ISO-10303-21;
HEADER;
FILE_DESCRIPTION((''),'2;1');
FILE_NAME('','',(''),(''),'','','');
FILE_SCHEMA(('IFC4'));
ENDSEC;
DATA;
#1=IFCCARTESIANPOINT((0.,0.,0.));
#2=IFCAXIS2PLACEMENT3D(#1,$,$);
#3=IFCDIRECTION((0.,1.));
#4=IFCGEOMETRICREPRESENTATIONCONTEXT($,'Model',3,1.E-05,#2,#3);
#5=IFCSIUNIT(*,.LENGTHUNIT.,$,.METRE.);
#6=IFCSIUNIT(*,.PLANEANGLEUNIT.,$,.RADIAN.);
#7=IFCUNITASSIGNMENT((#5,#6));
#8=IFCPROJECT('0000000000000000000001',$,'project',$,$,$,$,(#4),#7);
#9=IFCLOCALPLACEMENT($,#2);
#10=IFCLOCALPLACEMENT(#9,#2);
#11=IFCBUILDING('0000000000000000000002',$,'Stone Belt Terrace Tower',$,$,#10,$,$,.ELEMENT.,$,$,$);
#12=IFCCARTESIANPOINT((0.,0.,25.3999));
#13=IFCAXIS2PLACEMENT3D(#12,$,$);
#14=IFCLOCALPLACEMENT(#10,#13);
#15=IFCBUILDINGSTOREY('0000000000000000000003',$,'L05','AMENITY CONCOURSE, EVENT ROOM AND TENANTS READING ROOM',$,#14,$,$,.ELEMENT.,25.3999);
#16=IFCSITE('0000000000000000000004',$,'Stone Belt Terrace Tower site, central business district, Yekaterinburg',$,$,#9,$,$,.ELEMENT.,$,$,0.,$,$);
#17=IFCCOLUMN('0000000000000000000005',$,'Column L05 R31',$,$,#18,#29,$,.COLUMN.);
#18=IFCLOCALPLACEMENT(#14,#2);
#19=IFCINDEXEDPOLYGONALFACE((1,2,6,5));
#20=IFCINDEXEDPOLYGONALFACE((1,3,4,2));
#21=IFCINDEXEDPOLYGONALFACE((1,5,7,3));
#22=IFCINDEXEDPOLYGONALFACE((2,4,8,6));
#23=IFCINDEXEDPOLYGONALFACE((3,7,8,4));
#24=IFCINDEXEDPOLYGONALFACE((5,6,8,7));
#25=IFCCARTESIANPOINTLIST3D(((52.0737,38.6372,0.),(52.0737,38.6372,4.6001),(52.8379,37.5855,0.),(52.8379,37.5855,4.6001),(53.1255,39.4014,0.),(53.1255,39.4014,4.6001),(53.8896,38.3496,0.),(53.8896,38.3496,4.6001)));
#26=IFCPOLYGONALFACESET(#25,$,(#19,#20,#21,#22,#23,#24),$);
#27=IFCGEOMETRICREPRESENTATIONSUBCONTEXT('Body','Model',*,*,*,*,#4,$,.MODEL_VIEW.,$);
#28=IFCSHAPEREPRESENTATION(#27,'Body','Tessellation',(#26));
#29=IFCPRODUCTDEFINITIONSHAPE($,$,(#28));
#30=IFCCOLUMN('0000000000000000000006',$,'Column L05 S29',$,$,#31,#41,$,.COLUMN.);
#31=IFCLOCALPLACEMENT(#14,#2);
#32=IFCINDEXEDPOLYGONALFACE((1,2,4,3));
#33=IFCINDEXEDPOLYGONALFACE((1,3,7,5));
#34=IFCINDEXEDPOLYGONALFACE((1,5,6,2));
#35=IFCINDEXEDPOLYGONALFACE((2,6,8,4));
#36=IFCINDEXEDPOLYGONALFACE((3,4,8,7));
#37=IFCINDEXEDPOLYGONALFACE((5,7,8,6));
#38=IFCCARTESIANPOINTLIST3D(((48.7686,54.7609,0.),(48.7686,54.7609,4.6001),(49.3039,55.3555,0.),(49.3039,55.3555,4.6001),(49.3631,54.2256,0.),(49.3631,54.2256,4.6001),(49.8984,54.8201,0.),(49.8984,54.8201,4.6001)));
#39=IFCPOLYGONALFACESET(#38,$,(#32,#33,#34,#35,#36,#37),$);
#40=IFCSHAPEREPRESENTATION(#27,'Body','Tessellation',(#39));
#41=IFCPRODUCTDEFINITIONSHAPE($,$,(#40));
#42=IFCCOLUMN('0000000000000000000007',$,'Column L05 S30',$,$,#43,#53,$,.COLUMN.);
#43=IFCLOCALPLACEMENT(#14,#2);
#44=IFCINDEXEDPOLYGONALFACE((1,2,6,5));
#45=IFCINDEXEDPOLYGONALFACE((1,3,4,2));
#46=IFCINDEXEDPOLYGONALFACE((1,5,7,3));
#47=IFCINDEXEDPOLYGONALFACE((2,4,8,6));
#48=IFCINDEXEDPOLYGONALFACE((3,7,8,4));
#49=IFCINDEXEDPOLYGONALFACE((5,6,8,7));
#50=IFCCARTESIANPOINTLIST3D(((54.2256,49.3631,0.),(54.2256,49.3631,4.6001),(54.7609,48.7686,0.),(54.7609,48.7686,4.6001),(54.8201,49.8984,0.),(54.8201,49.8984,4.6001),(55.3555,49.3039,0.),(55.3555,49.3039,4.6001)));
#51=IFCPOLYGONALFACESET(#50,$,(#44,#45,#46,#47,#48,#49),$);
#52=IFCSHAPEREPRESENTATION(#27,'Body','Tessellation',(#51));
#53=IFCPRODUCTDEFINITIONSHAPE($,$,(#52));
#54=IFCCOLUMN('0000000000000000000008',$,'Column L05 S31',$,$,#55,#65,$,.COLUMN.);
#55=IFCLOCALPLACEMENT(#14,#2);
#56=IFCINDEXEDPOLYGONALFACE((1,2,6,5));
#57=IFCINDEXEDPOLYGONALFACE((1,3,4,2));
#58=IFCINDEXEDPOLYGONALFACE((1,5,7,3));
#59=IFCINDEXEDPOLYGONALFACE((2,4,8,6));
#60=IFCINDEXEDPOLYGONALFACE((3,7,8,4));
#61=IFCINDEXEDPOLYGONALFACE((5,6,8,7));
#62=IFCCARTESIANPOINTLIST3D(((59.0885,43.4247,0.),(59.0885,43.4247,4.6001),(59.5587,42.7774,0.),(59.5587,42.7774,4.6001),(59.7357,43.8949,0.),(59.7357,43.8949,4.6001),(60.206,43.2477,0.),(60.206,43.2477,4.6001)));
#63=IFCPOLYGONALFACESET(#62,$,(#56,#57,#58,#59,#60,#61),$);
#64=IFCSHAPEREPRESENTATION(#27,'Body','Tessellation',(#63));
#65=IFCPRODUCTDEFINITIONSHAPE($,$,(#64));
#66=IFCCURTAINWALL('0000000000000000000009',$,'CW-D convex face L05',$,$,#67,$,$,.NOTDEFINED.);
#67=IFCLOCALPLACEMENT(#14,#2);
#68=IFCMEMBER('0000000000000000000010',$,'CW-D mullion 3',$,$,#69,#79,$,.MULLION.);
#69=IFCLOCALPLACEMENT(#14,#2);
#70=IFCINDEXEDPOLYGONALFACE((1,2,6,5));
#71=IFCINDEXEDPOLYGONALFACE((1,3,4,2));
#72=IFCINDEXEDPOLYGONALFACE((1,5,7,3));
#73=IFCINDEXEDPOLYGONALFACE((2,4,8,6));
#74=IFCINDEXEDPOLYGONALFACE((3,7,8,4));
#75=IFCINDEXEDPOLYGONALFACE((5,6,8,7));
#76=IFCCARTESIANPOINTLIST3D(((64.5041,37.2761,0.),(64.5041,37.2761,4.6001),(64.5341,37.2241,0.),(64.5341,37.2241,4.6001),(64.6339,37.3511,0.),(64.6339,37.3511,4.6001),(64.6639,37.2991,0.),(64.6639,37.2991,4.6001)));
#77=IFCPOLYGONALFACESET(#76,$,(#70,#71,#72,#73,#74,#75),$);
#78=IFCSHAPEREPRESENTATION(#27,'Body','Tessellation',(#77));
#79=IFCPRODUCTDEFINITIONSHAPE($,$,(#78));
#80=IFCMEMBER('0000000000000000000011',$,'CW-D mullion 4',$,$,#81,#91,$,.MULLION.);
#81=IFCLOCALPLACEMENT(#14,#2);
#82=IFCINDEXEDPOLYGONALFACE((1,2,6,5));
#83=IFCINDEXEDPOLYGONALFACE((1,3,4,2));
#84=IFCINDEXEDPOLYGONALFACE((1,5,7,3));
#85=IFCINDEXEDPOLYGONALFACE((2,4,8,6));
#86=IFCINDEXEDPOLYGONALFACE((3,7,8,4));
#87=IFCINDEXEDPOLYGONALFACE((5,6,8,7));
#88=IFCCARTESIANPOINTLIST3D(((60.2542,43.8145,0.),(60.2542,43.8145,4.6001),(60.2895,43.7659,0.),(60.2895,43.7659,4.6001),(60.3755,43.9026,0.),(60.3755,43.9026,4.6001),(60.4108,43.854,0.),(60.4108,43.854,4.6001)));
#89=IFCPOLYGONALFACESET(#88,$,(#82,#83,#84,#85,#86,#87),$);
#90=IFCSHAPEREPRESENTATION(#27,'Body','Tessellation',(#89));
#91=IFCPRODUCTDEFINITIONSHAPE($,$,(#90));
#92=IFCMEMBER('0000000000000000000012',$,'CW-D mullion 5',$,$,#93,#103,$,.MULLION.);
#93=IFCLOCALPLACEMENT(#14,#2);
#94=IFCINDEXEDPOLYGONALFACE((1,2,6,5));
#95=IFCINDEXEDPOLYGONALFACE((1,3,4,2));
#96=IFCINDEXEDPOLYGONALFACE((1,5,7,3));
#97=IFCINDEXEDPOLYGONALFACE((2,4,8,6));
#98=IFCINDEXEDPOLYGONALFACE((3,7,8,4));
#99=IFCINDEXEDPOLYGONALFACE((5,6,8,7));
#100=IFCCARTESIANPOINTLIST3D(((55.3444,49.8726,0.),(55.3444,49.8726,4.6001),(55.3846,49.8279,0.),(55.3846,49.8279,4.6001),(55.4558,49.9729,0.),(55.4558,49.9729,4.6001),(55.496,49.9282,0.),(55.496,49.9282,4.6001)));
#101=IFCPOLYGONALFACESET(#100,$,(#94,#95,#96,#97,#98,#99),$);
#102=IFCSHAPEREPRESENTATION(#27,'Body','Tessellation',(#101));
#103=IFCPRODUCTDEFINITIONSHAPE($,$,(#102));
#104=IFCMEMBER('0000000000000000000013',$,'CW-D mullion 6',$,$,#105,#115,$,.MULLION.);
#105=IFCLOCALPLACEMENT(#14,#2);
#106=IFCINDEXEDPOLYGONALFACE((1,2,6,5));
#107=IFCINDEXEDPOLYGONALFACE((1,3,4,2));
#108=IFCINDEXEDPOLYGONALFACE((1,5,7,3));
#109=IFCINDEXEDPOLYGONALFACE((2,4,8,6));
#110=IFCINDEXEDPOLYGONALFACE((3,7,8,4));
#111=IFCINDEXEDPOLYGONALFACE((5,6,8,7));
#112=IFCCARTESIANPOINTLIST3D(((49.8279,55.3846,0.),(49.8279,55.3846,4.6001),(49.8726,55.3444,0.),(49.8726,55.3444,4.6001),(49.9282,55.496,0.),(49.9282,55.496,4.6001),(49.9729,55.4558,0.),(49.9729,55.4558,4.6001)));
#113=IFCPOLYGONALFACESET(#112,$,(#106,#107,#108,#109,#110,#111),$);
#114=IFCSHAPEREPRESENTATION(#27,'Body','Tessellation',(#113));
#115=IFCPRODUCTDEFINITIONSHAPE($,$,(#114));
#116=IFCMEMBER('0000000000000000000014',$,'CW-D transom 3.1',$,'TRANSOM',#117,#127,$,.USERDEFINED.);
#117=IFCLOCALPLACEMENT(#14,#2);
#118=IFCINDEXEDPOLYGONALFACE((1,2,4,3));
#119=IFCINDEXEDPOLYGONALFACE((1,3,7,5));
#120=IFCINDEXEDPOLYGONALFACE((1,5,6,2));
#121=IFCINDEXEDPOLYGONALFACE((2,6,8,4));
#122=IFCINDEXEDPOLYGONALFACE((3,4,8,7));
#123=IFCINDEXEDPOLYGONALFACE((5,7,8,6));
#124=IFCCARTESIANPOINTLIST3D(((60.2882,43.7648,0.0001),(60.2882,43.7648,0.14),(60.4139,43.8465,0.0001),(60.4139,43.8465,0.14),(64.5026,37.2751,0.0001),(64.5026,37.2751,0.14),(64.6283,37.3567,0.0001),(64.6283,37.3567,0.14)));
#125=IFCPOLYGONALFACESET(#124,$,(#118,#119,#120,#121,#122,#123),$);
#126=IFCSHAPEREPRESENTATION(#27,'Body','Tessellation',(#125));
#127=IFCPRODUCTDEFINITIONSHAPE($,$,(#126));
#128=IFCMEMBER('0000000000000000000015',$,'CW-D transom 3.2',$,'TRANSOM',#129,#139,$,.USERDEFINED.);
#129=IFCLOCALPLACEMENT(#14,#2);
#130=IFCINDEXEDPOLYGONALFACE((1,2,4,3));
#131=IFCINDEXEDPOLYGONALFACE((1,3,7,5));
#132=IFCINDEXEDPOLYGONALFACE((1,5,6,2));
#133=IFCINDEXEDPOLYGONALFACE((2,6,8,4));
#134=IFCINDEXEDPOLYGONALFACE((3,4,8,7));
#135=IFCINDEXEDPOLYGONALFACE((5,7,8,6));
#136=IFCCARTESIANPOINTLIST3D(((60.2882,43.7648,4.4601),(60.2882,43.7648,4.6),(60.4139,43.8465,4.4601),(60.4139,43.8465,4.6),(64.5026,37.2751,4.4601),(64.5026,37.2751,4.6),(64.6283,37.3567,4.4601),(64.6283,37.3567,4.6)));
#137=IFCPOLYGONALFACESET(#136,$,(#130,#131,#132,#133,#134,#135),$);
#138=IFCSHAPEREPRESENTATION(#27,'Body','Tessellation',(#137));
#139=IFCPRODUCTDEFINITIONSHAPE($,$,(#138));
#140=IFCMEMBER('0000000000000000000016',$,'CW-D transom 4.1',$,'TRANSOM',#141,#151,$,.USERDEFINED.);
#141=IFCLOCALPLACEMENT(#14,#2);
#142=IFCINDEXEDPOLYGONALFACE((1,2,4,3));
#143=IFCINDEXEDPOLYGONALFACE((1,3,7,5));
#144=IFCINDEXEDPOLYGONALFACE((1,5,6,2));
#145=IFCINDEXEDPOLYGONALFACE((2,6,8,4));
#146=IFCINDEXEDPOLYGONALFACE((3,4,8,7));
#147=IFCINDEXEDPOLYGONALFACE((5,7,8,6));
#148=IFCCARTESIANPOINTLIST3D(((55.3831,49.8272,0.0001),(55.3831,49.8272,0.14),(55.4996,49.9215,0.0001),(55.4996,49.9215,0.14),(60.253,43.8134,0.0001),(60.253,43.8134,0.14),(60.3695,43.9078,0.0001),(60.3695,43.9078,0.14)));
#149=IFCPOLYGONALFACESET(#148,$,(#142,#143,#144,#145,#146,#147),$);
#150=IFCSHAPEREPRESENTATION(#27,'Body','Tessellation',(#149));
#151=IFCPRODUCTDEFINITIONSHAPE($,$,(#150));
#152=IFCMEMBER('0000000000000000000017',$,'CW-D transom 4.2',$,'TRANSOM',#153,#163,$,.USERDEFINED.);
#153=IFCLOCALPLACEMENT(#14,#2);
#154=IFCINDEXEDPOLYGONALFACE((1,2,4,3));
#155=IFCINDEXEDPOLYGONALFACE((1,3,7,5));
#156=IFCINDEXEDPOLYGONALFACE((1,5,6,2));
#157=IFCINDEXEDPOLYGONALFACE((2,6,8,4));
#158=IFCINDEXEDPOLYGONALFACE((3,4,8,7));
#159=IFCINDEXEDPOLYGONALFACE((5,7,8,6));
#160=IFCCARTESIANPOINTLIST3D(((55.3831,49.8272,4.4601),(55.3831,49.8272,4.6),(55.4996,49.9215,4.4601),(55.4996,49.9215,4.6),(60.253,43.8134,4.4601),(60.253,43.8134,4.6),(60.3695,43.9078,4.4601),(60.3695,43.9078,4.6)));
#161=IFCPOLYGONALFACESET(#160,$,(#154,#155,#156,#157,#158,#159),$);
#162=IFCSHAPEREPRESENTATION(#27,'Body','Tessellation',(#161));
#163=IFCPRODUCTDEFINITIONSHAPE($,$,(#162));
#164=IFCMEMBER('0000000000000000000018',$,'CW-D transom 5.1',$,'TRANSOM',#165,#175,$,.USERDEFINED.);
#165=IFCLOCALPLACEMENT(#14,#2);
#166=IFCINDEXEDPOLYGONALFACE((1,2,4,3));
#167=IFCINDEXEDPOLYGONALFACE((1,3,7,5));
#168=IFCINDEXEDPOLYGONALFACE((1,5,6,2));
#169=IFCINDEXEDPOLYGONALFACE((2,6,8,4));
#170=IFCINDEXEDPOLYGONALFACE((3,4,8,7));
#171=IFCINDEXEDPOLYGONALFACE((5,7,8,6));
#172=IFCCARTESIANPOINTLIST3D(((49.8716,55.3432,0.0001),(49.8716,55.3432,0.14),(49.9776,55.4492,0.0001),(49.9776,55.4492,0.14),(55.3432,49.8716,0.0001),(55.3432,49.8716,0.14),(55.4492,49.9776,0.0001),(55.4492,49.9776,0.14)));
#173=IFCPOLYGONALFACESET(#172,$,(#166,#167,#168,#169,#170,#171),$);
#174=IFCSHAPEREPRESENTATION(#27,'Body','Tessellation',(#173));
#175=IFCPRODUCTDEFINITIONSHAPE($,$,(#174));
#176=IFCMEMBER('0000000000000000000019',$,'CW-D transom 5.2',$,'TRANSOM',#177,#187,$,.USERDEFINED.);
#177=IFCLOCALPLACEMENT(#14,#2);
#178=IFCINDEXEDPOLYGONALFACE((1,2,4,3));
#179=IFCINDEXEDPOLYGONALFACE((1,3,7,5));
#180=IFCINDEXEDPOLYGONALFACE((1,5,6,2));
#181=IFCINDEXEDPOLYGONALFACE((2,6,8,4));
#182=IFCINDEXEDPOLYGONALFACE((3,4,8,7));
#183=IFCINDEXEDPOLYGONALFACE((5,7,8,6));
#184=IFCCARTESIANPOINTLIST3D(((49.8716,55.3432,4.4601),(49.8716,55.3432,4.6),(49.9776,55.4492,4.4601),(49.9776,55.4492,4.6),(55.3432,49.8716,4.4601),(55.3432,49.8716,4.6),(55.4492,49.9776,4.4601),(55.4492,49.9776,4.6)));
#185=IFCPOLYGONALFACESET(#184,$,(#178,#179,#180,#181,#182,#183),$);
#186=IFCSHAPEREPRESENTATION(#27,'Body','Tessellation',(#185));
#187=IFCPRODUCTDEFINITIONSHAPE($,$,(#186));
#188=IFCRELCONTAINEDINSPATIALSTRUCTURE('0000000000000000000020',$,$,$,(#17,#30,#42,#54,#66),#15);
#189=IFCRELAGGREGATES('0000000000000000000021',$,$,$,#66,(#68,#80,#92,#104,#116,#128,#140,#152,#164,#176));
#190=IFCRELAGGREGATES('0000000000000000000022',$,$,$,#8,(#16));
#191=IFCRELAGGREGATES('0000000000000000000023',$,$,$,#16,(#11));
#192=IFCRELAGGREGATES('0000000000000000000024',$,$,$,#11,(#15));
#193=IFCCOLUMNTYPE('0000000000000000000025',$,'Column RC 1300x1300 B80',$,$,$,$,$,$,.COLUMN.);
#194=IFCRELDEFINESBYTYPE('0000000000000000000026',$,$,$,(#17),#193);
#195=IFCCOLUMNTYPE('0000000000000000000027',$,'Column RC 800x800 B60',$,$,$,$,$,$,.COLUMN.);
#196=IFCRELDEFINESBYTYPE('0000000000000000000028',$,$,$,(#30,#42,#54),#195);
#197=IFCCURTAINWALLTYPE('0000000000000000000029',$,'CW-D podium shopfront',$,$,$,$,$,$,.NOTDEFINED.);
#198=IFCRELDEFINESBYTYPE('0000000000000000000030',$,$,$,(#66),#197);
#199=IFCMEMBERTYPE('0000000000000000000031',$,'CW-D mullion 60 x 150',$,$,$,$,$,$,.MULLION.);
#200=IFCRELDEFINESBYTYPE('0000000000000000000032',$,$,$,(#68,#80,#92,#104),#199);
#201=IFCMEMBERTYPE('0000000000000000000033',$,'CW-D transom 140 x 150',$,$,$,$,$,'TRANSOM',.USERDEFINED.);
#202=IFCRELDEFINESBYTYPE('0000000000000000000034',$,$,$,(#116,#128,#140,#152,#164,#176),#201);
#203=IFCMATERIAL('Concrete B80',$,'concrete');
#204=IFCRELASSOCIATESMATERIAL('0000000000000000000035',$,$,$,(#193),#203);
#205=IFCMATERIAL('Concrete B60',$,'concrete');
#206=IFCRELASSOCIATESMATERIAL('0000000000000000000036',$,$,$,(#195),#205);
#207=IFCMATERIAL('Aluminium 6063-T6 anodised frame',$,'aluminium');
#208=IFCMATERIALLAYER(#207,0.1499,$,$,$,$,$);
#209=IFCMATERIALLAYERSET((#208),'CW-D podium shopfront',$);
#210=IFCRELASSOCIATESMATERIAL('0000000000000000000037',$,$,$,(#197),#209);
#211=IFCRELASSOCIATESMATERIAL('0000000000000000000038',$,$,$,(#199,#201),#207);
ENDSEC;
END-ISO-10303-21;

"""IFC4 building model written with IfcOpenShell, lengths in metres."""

from ifc_helpers import new_model, si_unit, direction, frame, origin, origin_2d, place, context, subcontext, project, spatial, rectangle, extrude, material, layer, layer_set, material_profile, profile_set, type_object, element, aggregate, save


model = new_model("IFC4")

# Units and contexts
model_context = context("Model", 3, precision=1e-05, world=origin(), true_north=direction((0.0, 1.0)))
body_context = subcontext(model_context, "Body", "Model", "MODEL_VIEW")
ifc_project = project(units=[si_unit("LENGTHUNIT", "METRE"), si_unit("PLANEANGLEUNIT", "RADIAN")], contexts=[model_context])

# Site, building, storey
site_placement = place(None, origin())
site = spatial("IfcSite", under=ifc_project, at=site_placement, Name="Stone Belt Terrace Tower site, central business district, Yekaterinburg", CompositionType="ELEMENT", RefElevation=0.0)
building_placement = place(site_placement, origin())
building = spatial("IfcBuilding", under=site, at=building_placement, Name="Stone Belt Terrace Tower", CompositionType="ELEMENT")
storey_placement = place(building_placement, frame((0.0, 0.0, 25.3999)))
storey = spatial("IfcBuildingStorey", under=building, at=storey_placement, Name="L05", Description="AMENITY CONCOURSE, EVENT ROOM AND TENANTS READING ROOM", CompositionType="ELEMENT", Elevation=25.3999)

# Columns
ifc_material_1 = material(Name="Concrete B80", Category="concrete")
ifc_material_profile_1 = material_profile(ifc_material_1, rectangle(XDim=1.3, YDim=1.3, at=origin_2d()), Name="RC 1300x1300")
ifc_profile_set_1 = profile_set([ifc_material_profile_1], Name="Concrete B80")
column_type_1 = type_object("IfcColumnType", Name="Column RC 1300x1300 B80", PredefinedType="COLUMN", material=ifc_profile_set_1)
column_placement = place(storey_placement, frame((52.9817, 38.4934, 0.0), z_axis=(0.0, 0.0, 1.0), x_axis=(0.587785, -0.809017, 0.0)))
element("IfcColumn", 1, at=column_placement, inside=storey, type_object=column_type_1, Name="Column L05 R31", PredefinedType="COLUMN", context=body_context, shape_type="SweptSolid", body=[
    extrude(rectangle(XDim=1.3, YDim=1.3, at=origin_2d()), origin(), (0.0, 0.0, 1.0), 4.6001),
])
ifc_material_2 = material(Name="Concrete B60", Category="concrete")
ifc_material_profile_2 = material_profile(ifc_material_2, rectangle(XDim=0.8, YDim=0.8, at=origin_2d()), Name="RC 800x800")
ifc_profile_set_2 = profile_set([ifc_material_profile_2], Name="Concrete B60")
column_type_2 = type_object("IfcColumnType", Name="Column RC 800x800 B60", PredefinedType="COLUMN", material=ifc_profile_set_2)
for number, where, z_axis, x_axis, name in (
    (2, (49.3335, 54.7905, 0.0), (0.0, 0.0, 1.0), (0.743145, -0.669131, 0.0), "Column L05 S29"),
    (3, (54.7905, 49.3335, 0.0), (0.0, 0.0, 1.0), (0.669131, -0.743145, 0.0), "Column L05 S30"),
    (4, (59.6472, 43.3362, 0.0), (0.0, 0.0, 1.0), (0.587785, -0.809017, 0.0), "Column L05 S31"),
):
    element("IfcColumn", number, at=place(storey_placement, frame(where, z_axis=z_axis, x_axis=x_axis)), inside=storey, type_object=column_type_2, Name=name, PredefinedType="COLUMN", context=body_context, shape_type="SweptSolid", body=[
        extrude(rectangle(XDim=0.8, YDim=0.8, at=origin_2d()), origin(), (0.0, 0.0, 1.0), 4.6001),
    ])

# Curtain wall, members
ifc_material_3 = material(Name="Aluminium 6063-T6 anodised frame", Category="aluminium")
ifc_layer_1 = layer(ifc_material_3, 0.1499)
ifc_layer_set_1 = layer_set([ifc_layer_1], Name="CW-D podium shopfront")
curtain_wall_type = type_object("IfcCurtainWallType", Name="CW-D podium shopfront", PredefinedType="NOTDEFINED", material=ifc_layer_set_1)
curtain_wall_placement = place(storey_placement, origin())
curtain_wall = element("IfcCurtainWall", 5, at=curtain_wall_placement, inside=storey, type_object=curtain_wall_type, Name="CW-D convex face L05", PredefinedType="NOTDEFINED")
ifc_material_profile_3 = material_profile(ifc_material_3, rectangle(XDim=0.1499, YDim=0.0601, at=origin_2d()), Name="Aluminium 6063-T6 60x150")
ifc_profile_set_3 = profile_set([ifc_material_profile_3], Name="Aluminium 6063-T6 anodised frame")
member_type_1 = type_object("IfcMemberType", Name="CW-D mullion 60 x 150", PredefinedType="MULLION", material=ifc_profile_set_3)
member_1_placement = place(storey_placement, frame((64.584, 37.2876, 0.0), z_axis=(0.0, 0.0, 1.0), x_axis=(-0.866025, -0.5, 0.0)))
member_1 = element("IfcMember", 6, at=member_1_placement, type_object=member_type_1, Name="CW-D mullion 3", PredefinedType="MULLION", context=body_context, shape_type="SweptSolid", body=[
    extrude(rectangle(XDim=0.1499, YDim=0.0601, at=origin_2d()), origin(), (0.0, 0.0, 1.0), 4.6001),
])
member_2_placement = place(storey_placement, frame((60.3325, 43.8342, 0.0), z_axis=(0.0, 0.0, 1.0), x_axis=(-0.809017, -0.587785, 0.0)))
member_2 = element("IfcMember", 7, at=member_2_placement, type_object=member_type_1, Name="CW-D mullion 4", PredefinedType="MULLION", context=body_context, shape_type="SweptSolid", body=[
    extrude(rectangle(XDim=0.1499, YDim=0.0601, at=origin_2d()), origin(), (0.0, 0.0, 1.0), 4.6001),
])
member_3_placement = place(storey_placement, frame((55.4202, 49.9004, 0.0), z_axis=(0.0, 0.0, 1.0), x_axis=(-0.743145, -0.669131, 0.0)))
member_3 = element("IfcMember", 8, at=member_3_placement, type_object=member_type_1, Name="CW-D mullion 5", PredefinedType="MULLION", context=body_context, shape_type="SweptSolid", body=[
    extrude(rectangle(XDim=0.1499, YDim=0.0601, at=origin_2d()), origin(), (0.0, 0.0, 1.0), 4.6001),
])
member_4_placement = place(storey_placement, frame((49.9004, 55.4202, 0.0), z_axis=(0.0, 0.0, 1.0), x_axis=(-0.669131, -0.743145, 0.0)))
member_4 = element("IfcMember", 9, at=member_4_placement, type_object=member_type_1, Name="CW-D mullion 6", PredefinedType="MULLION", context=body_context, shape_type="SweptSolid", body=[
    extrude(rectangle(XDim=0.1499, YDim=0.0601, at=origin_2d()), origin(), (0.0, 0.0, 1.0), 4.6001),
])
ifc_material_profile_4 = material_profile(ifc_material_3, rectangle(XDim=0.1499, YDim=0.1399, at=origin_2d()), Name="Aluminium 6063-T6 150x140")
ifc_profile_set_4 = profile_set([ifc_material_profile_4], Name="Aluminium 6063-T6 anodised frame")
member_type_2 = type_object("IfcMemberType", Name="CW-D transom 140 x 150", ElementType="TRANSOM", PredefinedType="USERDEFINED", material=ifc_profile_set_4)
member_5_placement = place(storey_placement, frame((64.5654, 37.3159, 0.0701), z_axis=(-0.544627, 0.838679, 0.0), x_axis=(-0.838679, -0.544627, 0.0)))
member_5 = element("IfcMember", 10, at=member_5_placement, type_object=member_type_2, Name="CW-D transom 3.1", ObjectType="TRANSOM", PredefinedType="USERDEFINED", context=body_context, shape_type="SweptSolid", body=[
    extrude(rectangle(XDim=0.1499, YDim=0.1399, at=origin_2d()), origin(), (0.0, 0.0, 1.0), 7.738),
])
member_6_placement = place(storey_placement, frame((64.5654, 37.3159, 4.53), z_axis=(-0.544627, 0.838679, 0.0), x_axis=(-0.838679, -0.544627, 0.0)))
member_6 = element("IfcMember", 11, at=member_6_placement, type_object=member_type_2, Name="CW-D transom 3.2", ObjectType="TRANSOM", PredefinedType="USERDEFINED", context=body_context, shape_type="SweptSolid", body=[
    extrude(rectangle(XDim=0.1499, YDim=0.1399, at=origin_2d()), origin(), (0.0, 0.0, 1.0), 7.738),
])
member_7_placement = place(storey_placement, frame((60.3113, 43.8606, 0.0701), z_axis=(-0.629328, 0.77714, 0.0), x_axis=(-0.77714, -0.629328, 0.0)))
member_7 = element("IfcMember", 12, at=member_7_placement, type_object=member_type_2, Name="CW-D transom 4.1", ObjectType="TRANSOM", PredefinedType="USERDEFINED", context=body_context, shape_type="SweptSolid", body=[
    extrude(rectangle(XDim=0.1499, YDim=0.1399, at=origin_2d()), origin(), (0.0, 0.0, 1.0), 7.7383),
])
member_8_placement = place(storey_placement, frame((60.3113, 43.8606, 4.53), z_axis=(-0.629328, 0.77714, 0.0), x_axis=(-0.77714, -0.629328, 0.0)))
member_8 = element("IfcMember", 13, at=member_8_placement, type_object=member_type_2, Name="CW-D transom 4.2", ObjectType="TRANSOM", PredefinedType="USERDEFINED", context=body_context, shape_type="SweptSolid", body=[
    extrude(rectangle(XDim=0.1499, YDim=0.1399, at=origin_2d()), origin(), (0.0, 0.0, 1.0), 7.7383),
])
member_9_placement = place(storey_placement, frame((55.3962, 49.9246, 0.0701), z_axis=(-0.707107, 0.707107, 0.0), x_axis=(-0.707107, -0.707107, 0.0)))
member_9 = element("IfcMember", 14, at=member_9_placement, type_object=member_type_2, Name="CW-D transom 5.1", ObjectType="TRANSOM", PredefinedType="USERDEFINED", context=body_context, shape_type="SweptSolid", body=[
    extrude(rectangle(XDim=0.1499, YDim=0.1399, at=origin_2d()), origin(), (0.0, 0.0, 1.0), 7.738),
])
member_10_placement = place(storey_placement, frame((55.3962, 49.9246, 4.53), z_axis=(-0.707107, 0.707107, 0.0), x_axis=(-0.707107, -0.707107, 0.0)))
member_10 = element("IfcMember", 15, at=member_10_placement, type_object=member_type_2, Name="CW-D transom 5.2", ObjectType="TRANSOM", PredefinedType="USERDEFINED", context=body_context, shape_type="SweptSolid", body=[
    extrude(rectangle(XDim=0.1499, YDim=0.1399, at=origin_2d()), origin(), (0.0, 0.0, 1.0), 7.738),
])

aggregate(curtain_wall, [member_1, member_2, member_3, member_4, member_5, member_6, member_7, member_8, member_9, member_10])

save(model, "model.ifc")
